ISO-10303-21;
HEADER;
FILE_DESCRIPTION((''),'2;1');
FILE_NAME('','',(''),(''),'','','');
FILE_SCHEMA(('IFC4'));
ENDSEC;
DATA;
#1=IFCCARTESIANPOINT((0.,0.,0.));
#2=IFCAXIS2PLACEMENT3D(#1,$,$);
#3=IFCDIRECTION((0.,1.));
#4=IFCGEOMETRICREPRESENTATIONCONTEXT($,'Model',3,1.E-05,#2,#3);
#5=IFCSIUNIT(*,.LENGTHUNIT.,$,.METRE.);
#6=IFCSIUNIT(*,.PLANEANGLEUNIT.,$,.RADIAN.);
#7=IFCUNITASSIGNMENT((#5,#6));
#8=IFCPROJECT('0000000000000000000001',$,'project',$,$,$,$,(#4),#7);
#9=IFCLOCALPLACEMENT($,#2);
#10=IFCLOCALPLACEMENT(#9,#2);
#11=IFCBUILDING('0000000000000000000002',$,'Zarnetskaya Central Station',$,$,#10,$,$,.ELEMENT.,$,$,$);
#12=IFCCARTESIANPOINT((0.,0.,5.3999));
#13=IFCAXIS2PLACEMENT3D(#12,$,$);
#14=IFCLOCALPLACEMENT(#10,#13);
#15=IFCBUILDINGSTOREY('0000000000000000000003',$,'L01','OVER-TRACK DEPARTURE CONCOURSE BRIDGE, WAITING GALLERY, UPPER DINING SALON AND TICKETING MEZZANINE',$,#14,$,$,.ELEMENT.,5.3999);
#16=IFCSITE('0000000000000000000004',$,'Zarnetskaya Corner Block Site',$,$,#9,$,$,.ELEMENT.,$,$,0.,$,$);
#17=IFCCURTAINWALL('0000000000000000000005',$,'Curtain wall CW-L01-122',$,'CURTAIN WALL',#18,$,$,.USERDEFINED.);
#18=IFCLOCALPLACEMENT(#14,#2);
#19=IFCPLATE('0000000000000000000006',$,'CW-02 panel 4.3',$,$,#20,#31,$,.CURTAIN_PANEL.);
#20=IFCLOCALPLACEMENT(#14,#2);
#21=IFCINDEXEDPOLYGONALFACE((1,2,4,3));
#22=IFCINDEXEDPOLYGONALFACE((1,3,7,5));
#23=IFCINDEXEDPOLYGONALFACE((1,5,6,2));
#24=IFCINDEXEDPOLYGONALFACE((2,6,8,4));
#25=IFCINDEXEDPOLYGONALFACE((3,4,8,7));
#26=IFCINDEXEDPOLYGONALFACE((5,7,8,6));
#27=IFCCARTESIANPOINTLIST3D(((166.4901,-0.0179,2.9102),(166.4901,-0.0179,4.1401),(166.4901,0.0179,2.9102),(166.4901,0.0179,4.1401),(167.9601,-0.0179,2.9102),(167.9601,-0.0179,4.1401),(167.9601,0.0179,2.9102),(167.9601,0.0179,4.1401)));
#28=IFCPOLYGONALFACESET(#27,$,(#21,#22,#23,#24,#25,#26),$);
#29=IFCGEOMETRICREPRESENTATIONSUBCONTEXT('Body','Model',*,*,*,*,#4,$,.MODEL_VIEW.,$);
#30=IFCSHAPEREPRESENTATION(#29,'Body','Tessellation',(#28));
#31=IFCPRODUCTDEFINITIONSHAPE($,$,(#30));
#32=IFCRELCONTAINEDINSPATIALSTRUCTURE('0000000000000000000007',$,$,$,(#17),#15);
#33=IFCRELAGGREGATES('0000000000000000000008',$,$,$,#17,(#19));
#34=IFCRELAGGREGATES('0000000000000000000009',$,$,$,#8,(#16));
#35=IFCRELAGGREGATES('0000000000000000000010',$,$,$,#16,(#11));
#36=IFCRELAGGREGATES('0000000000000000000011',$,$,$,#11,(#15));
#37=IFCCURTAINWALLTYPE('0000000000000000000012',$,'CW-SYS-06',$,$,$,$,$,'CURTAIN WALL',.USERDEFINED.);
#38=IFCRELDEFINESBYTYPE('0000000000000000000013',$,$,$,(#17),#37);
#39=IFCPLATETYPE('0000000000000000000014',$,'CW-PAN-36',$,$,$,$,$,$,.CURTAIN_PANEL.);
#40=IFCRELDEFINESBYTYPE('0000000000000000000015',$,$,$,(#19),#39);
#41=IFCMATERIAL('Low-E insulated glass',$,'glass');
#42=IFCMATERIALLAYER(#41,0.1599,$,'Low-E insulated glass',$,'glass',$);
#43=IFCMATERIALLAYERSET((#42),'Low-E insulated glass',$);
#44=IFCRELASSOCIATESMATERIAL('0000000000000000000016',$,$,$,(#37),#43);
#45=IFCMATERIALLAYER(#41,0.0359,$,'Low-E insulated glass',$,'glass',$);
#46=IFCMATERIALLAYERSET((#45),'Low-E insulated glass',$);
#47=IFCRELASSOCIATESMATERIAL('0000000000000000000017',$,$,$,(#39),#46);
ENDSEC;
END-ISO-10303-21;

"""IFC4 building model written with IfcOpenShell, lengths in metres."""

from ifc_helpers import new_model, si_unit, direction, frame, origin, origin_2d, place, context, subcontext, project, spatial, rectangle, extrude, material, layer, layer_set, type_object, element, aggregate, save


model = new_model("IFC4")

# Units and contexts
model_context = context("Model", 3, precision=1e-05, world=origin(), true_north=direction((0.0, 1.0)))
body_context = subcontext(model_context, "Body", "Model", "MODEL_VIEW")
ifc_project = project(units=[si_unit("LENGTHUNIT", "METRE"), si_unit("PLANEANGLEUNIT", "RADIAN")], contexts=[model_context])

# Site, building, storey
site_placement = place(None, origin())
site = spatial("IfcSite", under=ifc_project, at=site_placement, Name="Zarnetskaya Corner Block Site", CompositionType="ELEMENT", RefElevation=0.0)
building_placement = place(site_placement, origin())
building = spatial("IfcBuilding", under=site, at=building_placement, Name="Zarnetskaya Central Station", CompositionType="ELEMENT")
storey_placement = place(building_placement, frame((0.0, 0.0, 5.3999)))
storey = spatial("IfcBuildingStorey", under=building, at=storey_placement, Name="L01", Description="OVER-TRACK DEPARTURE CONCOURSE BRIDGE, WAITING GALLERY, UPPER DINING SALON AND TICKETING MEZZANINE", CompositionType="ELEMENT", Elevation=5.3999)

# Curtain wall
ifc_material_1 = material(Name="Low-E insulated glass", Category="glass")
ifc_layer_1 = layer(ifc_material_1, 0.1599, Name="Low-E insulated glass", Category="glass")
ifc_layer_set_1 = layer_set([ifc_layer_1], Name="Low-E insulated glass")
curtain_wall_type = type_object("IfcCurtainWallType", Name="CW-SYS-06", ElementType="CURTAIN WALL", PredefinedType="USERDEFINED", material=ifc_layer_set_1)
curtain_wall_placement = place(storey_placement, origin())
curtain_wall = element("IfcCurtainWall", 1, at=curtain_wall_placement, inside=storey, type_object=curtain_wall_type, Name="Curtain wall CW-L01-122", ObjectType="CURTAIN WALL", PredefinedType="USERDEFINED")

# Plate
ifc_layer_2 = layer(ifc_material_1, 0.0359, Name="Low-E insulated glass", Category="glass")
ifc_layer_set_2 = layer_set([ifc_layer_2], Name="Low-E insulated glass")
plate_type = type_object("IfcPlateType", Name="CW-PAN-36", PredefinedType="CURTAIN_PANEL", material=ifc_layer_set_2)
plate_1_placement = place(storey_placement, frame((167.2251, 0.0, 2.9102), z_axis=(0.0, 0.0, 1.0), x_axis=(-1.0, 0.0, 0.0)))
plate_1 = element("IfcPlate", 2, at=plate_1_placement, type_object=plate_type, Name="CW-02 panel 4.3", PredefinedType="CURTAIN_PANEL", context=body_context, shape_type="SweptSolid", body=[
    extrude(rectangle(XDim=1.47, YDim=0.0359, at=origin_2d()), origin(), (0.0, 0.0, 1.0), 1.23),
])
aggregate(curtain_wall, [plate_1])

save(model, "model.ifc")
